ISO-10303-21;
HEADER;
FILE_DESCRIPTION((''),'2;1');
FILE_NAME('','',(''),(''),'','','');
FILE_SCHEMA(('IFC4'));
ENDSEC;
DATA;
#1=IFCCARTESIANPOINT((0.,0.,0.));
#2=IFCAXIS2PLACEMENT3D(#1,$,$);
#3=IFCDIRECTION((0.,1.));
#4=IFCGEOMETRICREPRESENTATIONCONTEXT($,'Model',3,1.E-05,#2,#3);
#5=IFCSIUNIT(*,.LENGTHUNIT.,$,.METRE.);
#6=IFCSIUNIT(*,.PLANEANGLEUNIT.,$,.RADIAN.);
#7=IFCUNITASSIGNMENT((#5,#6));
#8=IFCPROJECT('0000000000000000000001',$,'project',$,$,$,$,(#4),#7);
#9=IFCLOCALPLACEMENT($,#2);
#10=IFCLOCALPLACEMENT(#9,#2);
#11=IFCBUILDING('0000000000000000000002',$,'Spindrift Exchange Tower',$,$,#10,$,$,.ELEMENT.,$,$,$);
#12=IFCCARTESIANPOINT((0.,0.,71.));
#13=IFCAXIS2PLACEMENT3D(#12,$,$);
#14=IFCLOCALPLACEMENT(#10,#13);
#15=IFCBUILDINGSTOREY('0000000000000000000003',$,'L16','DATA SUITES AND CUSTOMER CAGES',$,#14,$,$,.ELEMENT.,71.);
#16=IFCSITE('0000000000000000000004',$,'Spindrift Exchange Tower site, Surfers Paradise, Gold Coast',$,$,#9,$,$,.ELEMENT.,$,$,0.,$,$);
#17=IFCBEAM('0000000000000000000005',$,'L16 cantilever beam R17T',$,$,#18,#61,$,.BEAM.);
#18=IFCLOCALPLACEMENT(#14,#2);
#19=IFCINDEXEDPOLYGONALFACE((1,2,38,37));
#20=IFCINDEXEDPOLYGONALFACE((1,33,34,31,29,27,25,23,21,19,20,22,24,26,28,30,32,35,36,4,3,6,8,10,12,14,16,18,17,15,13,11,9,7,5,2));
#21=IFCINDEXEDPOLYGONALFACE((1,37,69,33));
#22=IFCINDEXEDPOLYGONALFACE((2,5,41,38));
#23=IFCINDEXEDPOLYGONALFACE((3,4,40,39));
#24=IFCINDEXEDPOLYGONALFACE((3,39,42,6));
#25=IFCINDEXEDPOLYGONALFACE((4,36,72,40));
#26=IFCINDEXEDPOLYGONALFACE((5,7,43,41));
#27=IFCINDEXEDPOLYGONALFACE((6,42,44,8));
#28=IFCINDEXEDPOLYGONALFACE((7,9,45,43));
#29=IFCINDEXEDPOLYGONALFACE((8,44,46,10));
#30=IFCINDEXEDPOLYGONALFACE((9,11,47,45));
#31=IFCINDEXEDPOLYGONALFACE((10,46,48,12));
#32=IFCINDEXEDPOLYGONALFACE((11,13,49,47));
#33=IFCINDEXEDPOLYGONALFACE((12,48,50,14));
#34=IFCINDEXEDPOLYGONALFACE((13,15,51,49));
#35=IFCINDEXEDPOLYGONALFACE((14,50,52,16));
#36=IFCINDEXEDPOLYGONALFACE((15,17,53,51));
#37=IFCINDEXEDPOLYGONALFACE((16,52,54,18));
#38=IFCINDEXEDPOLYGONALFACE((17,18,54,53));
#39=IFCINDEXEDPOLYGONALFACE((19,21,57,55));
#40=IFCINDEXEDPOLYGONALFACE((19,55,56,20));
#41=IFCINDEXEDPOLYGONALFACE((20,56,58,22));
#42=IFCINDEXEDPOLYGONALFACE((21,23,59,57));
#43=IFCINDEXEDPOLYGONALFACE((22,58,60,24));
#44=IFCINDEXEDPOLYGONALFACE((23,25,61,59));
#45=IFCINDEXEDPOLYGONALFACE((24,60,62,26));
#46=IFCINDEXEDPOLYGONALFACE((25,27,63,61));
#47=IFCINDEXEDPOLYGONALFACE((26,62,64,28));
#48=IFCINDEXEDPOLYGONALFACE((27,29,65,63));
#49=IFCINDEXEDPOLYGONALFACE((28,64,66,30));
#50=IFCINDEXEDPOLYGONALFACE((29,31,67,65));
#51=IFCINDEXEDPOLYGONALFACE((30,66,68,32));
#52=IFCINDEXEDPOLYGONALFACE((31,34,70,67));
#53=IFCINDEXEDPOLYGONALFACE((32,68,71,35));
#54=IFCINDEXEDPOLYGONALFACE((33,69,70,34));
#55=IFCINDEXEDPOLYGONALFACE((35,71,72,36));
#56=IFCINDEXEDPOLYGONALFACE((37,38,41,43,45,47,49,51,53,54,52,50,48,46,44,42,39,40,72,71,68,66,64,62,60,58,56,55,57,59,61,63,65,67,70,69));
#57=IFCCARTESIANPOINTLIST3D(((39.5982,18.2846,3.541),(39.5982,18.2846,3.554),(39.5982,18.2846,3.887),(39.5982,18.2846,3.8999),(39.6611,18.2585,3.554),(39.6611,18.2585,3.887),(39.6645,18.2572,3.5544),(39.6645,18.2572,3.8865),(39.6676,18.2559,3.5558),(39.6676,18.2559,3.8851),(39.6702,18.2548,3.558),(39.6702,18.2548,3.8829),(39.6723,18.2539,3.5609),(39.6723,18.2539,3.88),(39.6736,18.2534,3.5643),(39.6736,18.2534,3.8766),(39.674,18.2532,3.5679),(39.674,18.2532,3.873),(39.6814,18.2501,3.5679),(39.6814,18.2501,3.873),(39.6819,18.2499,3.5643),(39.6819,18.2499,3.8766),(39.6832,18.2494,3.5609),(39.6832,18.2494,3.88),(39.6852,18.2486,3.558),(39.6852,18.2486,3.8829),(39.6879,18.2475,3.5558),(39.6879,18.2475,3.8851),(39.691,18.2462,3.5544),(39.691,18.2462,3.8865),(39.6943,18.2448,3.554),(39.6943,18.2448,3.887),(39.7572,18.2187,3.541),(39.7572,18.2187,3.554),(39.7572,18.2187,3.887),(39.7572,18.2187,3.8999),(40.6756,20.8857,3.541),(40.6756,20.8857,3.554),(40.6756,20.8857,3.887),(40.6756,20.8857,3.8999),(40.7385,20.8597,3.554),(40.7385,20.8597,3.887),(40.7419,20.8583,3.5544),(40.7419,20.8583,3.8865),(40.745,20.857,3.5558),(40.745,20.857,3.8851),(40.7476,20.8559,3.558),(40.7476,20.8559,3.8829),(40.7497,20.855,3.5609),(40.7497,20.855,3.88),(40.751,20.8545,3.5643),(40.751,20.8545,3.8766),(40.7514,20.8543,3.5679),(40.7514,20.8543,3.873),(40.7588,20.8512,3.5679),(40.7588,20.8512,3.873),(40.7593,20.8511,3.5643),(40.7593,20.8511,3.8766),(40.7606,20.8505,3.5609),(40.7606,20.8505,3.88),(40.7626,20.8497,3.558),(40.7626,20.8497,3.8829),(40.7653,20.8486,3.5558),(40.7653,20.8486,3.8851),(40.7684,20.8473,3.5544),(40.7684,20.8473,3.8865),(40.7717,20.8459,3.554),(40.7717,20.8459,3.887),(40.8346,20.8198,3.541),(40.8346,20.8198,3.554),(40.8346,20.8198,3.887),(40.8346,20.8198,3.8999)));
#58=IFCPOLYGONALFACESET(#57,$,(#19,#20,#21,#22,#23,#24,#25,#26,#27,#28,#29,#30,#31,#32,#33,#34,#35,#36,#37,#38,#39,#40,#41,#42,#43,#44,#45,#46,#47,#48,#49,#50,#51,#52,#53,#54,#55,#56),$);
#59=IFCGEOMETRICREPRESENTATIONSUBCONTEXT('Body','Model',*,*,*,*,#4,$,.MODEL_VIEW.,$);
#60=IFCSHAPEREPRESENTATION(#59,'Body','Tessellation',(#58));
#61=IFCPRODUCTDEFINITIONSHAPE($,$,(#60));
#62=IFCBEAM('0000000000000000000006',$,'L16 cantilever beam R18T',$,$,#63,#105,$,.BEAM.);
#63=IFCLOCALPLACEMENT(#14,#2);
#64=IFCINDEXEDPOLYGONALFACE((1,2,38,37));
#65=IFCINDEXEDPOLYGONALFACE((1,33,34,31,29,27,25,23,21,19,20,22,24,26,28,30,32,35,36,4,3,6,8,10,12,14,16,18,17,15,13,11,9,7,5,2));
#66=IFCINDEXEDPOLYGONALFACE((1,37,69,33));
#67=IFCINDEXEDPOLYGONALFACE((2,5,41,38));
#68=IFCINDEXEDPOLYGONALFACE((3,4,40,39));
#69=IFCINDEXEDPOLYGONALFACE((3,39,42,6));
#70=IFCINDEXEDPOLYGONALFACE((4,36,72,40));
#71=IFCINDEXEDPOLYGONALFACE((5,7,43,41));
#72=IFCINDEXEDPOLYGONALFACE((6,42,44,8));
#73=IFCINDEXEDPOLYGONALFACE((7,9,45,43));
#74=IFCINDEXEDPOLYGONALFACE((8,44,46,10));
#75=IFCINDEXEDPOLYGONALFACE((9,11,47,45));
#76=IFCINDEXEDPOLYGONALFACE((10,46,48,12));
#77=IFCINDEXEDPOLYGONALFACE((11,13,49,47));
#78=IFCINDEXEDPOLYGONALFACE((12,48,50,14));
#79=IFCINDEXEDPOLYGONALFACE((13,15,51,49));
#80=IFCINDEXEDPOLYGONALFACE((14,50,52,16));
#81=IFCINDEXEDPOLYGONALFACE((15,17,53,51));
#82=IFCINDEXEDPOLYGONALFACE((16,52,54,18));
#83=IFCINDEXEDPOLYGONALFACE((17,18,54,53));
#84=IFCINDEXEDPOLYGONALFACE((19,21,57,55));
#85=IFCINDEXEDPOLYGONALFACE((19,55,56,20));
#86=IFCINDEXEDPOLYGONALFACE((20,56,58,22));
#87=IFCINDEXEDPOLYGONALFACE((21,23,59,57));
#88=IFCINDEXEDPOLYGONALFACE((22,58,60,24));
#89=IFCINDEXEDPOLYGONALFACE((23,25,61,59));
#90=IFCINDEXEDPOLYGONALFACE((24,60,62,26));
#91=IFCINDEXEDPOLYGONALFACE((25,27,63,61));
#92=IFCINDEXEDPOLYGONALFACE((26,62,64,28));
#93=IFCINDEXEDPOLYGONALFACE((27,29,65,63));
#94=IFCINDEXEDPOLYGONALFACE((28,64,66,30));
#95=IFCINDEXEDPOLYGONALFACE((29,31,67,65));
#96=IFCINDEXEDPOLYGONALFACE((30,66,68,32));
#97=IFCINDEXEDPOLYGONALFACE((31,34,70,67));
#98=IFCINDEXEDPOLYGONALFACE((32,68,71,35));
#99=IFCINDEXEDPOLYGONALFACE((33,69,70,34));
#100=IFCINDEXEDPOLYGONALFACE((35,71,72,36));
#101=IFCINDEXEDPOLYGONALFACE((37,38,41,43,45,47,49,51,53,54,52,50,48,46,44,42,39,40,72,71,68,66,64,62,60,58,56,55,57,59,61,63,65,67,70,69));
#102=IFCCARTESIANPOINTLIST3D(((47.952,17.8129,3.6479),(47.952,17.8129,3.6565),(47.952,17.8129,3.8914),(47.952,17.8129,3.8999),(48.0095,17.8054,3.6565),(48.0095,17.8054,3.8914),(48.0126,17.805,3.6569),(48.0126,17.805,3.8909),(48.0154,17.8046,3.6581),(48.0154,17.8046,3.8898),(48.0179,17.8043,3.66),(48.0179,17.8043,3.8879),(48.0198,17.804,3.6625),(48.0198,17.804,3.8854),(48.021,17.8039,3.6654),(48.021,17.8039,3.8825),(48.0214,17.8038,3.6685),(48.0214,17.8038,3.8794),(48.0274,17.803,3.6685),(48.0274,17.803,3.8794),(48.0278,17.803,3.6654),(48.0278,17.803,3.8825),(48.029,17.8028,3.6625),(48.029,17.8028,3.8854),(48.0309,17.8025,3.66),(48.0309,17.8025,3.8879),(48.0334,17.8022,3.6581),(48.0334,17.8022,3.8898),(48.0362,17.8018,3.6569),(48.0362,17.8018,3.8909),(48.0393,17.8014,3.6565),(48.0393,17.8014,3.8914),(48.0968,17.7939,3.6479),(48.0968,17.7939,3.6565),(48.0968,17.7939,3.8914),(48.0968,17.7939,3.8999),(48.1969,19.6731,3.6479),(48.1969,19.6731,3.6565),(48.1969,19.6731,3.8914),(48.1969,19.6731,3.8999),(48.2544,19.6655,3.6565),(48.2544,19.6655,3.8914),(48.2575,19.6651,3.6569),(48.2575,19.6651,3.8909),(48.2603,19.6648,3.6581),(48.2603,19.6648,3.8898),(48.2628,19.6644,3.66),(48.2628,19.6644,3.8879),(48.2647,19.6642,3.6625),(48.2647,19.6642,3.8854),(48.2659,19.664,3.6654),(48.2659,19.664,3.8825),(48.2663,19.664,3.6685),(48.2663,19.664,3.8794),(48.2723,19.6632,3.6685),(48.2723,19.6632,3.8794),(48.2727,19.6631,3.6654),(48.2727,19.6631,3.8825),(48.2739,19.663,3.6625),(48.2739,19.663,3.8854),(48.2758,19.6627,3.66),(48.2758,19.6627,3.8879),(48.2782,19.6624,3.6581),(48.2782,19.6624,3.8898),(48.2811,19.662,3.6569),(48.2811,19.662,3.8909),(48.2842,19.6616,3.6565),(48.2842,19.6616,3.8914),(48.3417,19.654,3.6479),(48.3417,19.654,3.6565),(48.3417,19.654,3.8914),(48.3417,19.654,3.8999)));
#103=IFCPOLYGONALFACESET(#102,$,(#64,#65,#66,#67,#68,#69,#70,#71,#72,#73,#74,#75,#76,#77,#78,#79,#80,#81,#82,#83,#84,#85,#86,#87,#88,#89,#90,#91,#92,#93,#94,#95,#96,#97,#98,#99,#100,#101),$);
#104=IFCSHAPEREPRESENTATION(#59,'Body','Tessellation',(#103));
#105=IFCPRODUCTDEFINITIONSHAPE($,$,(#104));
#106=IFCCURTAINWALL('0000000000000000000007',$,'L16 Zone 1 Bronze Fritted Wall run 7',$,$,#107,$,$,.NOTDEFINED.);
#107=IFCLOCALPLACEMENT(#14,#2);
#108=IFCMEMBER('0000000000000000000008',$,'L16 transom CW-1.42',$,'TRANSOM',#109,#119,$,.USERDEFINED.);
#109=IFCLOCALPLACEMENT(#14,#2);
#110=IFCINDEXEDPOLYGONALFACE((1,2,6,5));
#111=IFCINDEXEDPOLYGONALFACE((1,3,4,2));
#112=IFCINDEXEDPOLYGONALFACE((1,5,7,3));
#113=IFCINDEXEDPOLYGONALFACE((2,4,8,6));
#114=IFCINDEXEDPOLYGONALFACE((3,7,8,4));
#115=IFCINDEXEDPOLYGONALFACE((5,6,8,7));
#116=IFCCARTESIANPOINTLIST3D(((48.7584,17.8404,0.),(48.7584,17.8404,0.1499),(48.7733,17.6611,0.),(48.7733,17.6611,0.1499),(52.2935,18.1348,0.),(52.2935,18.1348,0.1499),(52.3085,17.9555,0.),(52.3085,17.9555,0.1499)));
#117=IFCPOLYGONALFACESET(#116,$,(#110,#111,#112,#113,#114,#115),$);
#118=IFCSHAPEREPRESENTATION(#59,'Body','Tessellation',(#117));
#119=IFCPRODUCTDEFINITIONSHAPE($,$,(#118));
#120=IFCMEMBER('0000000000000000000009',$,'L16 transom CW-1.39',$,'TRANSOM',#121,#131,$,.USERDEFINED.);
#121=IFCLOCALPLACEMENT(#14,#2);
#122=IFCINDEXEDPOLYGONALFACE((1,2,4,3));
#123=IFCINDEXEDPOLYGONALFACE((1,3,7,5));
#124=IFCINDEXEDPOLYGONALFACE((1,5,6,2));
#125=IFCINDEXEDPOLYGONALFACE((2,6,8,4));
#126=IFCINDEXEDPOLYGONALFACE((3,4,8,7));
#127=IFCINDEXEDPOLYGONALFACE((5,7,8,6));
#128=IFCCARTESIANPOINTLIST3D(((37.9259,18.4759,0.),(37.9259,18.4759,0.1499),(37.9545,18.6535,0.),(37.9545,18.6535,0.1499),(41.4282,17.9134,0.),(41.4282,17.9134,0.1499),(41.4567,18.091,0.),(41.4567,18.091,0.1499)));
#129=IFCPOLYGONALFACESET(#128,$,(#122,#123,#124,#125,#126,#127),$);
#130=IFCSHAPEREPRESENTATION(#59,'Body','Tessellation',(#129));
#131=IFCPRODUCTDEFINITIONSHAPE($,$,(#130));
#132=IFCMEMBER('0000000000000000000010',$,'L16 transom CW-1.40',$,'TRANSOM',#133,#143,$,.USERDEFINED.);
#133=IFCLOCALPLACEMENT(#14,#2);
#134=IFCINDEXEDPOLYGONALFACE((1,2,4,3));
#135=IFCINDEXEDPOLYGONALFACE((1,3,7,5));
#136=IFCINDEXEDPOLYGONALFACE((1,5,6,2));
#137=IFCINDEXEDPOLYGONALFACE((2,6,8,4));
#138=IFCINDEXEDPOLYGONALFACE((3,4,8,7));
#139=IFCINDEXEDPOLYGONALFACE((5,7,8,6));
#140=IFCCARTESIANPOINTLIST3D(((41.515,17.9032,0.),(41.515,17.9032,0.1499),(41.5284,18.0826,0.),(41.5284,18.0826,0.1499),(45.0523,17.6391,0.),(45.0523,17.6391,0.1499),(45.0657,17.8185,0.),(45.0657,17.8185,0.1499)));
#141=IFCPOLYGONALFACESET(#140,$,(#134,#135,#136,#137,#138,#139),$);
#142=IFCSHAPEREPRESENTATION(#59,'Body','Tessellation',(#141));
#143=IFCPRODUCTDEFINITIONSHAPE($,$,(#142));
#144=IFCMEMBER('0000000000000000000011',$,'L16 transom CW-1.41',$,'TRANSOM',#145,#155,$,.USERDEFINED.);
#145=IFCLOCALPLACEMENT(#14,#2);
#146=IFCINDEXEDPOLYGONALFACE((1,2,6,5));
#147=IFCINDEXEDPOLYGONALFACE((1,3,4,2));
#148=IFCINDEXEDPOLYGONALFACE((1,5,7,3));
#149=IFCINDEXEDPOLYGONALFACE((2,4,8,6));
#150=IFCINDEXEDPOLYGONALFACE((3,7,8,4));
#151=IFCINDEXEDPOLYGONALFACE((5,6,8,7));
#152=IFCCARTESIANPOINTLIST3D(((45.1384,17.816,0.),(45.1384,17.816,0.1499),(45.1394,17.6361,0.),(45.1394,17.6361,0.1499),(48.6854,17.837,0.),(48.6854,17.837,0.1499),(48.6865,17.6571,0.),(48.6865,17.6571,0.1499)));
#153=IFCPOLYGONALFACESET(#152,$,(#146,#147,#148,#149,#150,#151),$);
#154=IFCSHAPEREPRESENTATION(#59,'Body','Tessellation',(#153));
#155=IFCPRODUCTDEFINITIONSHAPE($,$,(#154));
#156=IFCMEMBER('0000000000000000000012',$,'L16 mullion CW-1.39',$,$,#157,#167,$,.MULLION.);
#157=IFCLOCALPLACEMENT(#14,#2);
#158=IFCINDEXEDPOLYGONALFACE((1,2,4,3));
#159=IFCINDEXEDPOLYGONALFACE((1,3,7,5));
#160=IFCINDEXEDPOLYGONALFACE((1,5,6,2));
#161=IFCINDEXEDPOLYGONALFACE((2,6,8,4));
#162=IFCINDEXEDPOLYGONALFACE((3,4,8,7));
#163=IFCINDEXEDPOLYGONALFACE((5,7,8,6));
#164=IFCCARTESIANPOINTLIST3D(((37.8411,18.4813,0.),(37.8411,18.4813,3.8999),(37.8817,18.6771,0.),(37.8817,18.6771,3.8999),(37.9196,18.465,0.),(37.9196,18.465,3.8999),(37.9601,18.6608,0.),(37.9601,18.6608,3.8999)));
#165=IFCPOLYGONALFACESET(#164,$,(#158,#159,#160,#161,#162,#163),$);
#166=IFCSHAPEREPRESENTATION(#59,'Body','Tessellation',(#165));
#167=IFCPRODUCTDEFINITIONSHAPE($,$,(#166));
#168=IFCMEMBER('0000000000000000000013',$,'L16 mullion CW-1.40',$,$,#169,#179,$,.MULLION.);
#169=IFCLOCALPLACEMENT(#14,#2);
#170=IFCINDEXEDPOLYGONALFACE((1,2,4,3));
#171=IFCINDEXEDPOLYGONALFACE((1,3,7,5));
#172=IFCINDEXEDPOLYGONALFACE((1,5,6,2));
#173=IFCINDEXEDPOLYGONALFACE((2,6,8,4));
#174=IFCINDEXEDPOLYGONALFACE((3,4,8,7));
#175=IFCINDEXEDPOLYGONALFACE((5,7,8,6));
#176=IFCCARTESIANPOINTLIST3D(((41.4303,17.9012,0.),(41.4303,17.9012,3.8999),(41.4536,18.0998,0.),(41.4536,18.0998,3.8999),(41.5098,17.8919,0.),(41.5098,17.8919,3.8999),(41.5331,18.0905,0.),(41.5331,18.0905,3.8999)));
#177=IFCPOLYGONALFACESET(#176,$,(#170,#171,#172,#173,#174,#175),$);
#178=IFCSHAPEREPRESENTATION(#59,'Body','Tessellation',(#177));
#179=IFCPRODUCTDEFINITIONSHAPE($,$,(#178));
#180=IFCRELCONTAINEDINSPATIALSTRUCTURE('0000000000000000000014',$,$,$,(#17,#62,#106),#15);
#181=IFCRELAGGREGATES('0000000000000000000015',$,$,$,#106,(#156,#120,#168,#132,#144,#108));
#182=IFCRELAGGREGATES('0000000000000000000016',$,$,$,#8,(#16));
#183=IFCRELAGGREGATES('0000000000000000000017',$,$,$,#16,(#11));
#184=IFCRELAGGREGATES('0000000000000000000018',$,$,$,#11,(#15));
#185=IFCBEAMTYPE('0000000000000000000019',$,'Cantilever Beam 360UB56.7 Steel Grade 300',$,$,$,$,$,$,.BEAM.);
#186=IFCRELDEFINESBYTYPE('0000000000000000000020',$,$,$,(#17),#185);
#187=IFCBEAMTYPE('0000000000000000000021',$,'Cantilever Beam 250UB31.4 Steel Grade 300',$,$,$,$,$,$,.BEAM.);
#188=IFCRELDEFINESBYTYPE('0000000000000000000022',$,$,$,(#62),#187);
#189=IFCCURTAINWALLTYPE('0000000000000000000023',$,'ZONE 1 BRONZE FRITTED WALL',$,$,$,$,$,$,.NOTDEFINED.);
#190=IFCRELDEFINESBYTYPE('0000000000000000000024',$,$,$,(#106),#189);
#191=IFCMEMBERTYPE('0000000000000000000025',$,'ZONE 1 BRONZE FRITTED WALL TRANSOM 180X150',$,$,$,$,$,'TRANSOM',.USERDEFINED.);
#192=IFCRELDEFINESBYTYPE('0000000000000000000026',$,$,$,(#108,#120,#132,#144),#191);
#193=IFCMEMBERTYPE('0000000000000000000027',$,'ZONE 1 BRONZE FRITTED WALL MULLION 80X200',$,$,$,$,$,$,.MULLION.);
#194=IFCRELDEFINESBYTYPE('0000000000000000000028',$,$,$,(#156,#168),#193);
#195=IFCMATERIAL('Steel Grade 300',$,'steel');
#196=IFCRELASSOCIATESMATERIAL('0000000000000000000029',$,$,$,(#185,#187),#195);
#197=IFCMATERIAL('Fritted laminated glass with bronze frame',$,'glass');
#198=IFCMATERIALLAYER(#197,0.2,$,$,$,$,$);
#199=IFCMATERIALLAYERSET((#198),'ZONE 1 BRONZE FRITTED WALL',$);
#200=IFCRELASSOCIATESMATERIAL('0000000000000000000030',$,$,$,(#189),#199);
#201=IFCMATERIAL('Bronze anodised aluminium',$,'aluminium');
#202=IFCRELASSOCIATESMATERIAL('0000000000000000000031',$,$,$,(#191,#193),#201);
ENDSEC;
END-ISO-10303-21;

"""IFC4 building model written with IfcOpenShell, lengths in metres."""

from ifc_helpers import new_model, si_unit, direction, frame, origin, origin_2d, place, context, subcontext, project, spatial, rectangle, i_section, extrude, source, transform, mapped, material, layer, layer_set, material_profile, profile_set, type_object, element, aggregate, save


model = new_model("IFC4")

# Units and contexts
model_context = context("Model", 3, precision=1e-05, world=origin(), true_north=direction((0.0, 1.0)))
body_context = subcontext(model_context, "Body", "Model", "MODEL_VIEW")
ifc_project = project(units=[si_unit("LENGTHUNIT", "METRE"), si_unit("PLANEANGLEUNIT", "RADIAN")], contexts=[model_context])

# Site, building, storey
site_placement = place(None, origin())
site = spatial("IfcSite", under=ifc_project, at=site_placement, Name="Spindrift Exchange Tower site, Surfers Paradise, Gold Coast", CompositionType="ELEMENT", RefElevation=0.0)
building_placement = place(site_placement, origin())
building = spatial("IfcBuilding", under=site, at=building_placement, Name="Spindrift Exchange Tower", CompositionType="ELEMENT")
storey_placement = place(building_placement, frame((0.0, 0.0, 71.0)))
storey = spatial("IfcBuildingStorey", under=building, at=storey_placement, Name="L16", Description="DATA SUITES AND CUSTOMER CAGES", CompositionType="ELEMENT", Elevation=71.0)

# Beams
ifc_material_1 = material(Name="Steel Grade 300", Category="steel")
ifc_material_profile_1 = material_profile(ifc_material_1, i_section(OverallWidth=0.1721, OverallDepth=0.3589, WebThickness=0.0081, FlangeThickness=0.0129, FilletRadius=0.0139, at=origin_2d()), Name="360UB56.7")
ifc_profile_set_1 = profile_set([ifc_material_profile_1], Name="Steel Grade 300")
beam_type_1 = type_object("IfcBeamType", Name="Cantilever Beam 360UB56.7 Steel Grade 300", PredefinedType="BEAM", material=ifc_profile_set_1)
shared_shape_1 = source(origin(), body_context, "Body", "SweptSolid", [
    extrude(i_section(OverallWidth=0.1721, OverallDepth=0.3589, WebThickness=0.0081, FlangeThickness=0.0129, FilletRadius=0.0139, at=origin_2d()), origin(), (0.0, 0.0, 1.0), 2.8154),
])
beam_1_placement = place(storey_placement, frame((40.7551, 20.8528, 3.7205), z_axis=(-0.382681, -0.92388, 0.0), x_axis=(0.92388, -0.382681, 0.0)))
element("IfcBeam", 1, at=beam_1_placement, inside=storey, type_object=beam_type_1, Name="L16 cantilever beam R17T", PredefinedType="BEAM", context=body_context, shape_type="MappedRepresentation", body=[
    mapped(shared_shape_1, transform((0.0, 0.0, 0.0), scale=1.0)),
])
ifc_material_profile_2 = material_profile(ifc_material_1, i_section(OverallWidth=0.146, OverallDepth=0.252, WebThickness=0.0061, FlangeThickness=0.0085, FilletRadius=0.012, at=origin_2d()), Name="250UB31.4")
ifc_profile_set_2 = profile_set([ifc_material_profile_2], Name="Steel Grade 300")
beam_type_2 = type_object("IfcBeamType", Name="Cantilever Beam 250UB31.4 Steel Grade 300", PredefinedType="BEAM", material=ifc_profile_set_2)
shared_shape_2 = source(origin(), body_context, "Body", "SweptSolid", [
    extrude(i_section(OverallWidth=0.146, OverallDepth=0.252, WebThickness=0.0061, FlangeThickness=0.0085, FilletRadius=0.012, at=origin_2d()), origin(), (0.0, 0.0, 1.0), 1.8762),
])
beam_2_placement = place(storey_placement, frame((48.2693, 19.6636, 3.7739), z_axis=(-0.130518, -0.991446, 0.0), x_axis=(0.991446, -0.130518, 0.0)))
element("IfcBeam", 2, at=beam_2_placement, inside=storey, type_object=beam_type_2, Name="L16 cantilever beam R18T", PredefinedType="BEAM", context=body_context, shape_type="MappedRepresentation", body=[
    mapped(shared_shape_2, transform((0.0, 0.0, 0.0), scale=1.0)),
])

# Curtain wall, members
ifc_material_2 = material(Name="Fritted laminated glass with bronze frame", Category="glass")
ifc_layer_1 = layer(ifc_material_2, 0.2)
ifc_layer_set_1 = layer_set([ifc_layer_1], Name="ZONE 1 BRONZE FRITTED WALL")
curtain_wall_type = type_object("IfcCurtainWallType", Name="ZONE 1 BRONZE FRITTED WALL", PredefinedType="NOTDEFINED", material=ifc_layer_set_1)
curtain_wall_placement = place(storey_placement, origin())
curtain_wall = element("IfcCurtainWall", 3, at=curtain_wall_placement, inside=storey, type_object=curtain_wall_type, Name="L16 Zone 1 Bronze Fritted Wall run 7", PredefinedType="NOTDEFINED")
ifc_material_3 = material(Name="Bronze anodised aluminium", Category="aluminium")
ifc_material_profile_3 = material_profile(ifc_material_3, rectangle(XDim=0.1799, YDim=0.1499, at=origin_2d()), Name="ZONE 1 BRONZE FRITTED WALL TRANSOM 180X150")
ifc_profile_set_3 = profile_set([ifc_material_profile_3], Name="Bronze anodised aluminium")
member_type_1 = type_object("IfcMemberType", Name="ZONE 1 BRONZE FRITTED WALL TRANSOM 180X150", ElementType="TRANSOM", PredefinedType="USERDEFINED", material=ifc_profile_set_3)
shared_shape_3 = source(origin(), body_context, "Body", "SweptSolid", [
    extrude(rectangle(XDim=0.1799, YDim=0.1499, at=origin_2d()), origin(), (0.0, 0.0, 1.0), 3.5474),
])
member_1_placement = place(storey_placement, frame((48.7659, 17.7507, 0.075), z_axis=(0.99655, 0.083, 0.0), x_axis=(-0.083, 0.99655, 0.0)))
member_1 = element("IfcMember", 4, at=member_1_placement, type_object=member_type_1, Name="L16 transom CW-1.42", ObjectType="TRANSOM", PredefinedType="USERDEFINED", context=body_context, shape_type="MappedRepresentation", body=[
    mapped(shared_shape_3, transform((0.0, 0.0, 0.0), scale=1.0)),
])
shared_shape_4 = source(origin(), body_context, "Body", "SweptSolid", [
    extrude(rectangle(XDim=0.1799, YDim=0.1499, at=origin_2d()), origin(), (0.0, 0.0, 1.0), 3.5471),
])
member_2_placement = place(storey_placement, frame((37.9402, 18.5647, 0.075), z_axis=(0.987346, -0.158581, 0.0), x_axis=(0.158581, 0.987346, 0.0)))
member_2 = element("IfcMember", 5, at=member_2_placement, type_object=member_type_1, Name="L16 transom CW-1.39", ObjectType="TRANSOM", PredefinedType="USERDEFINED", context=body_context, shape_type="MappedRepresentation", body=[
    mapped(shared_shape_4, transform((0.0, 0.0, 0.0), scale=1.0)),
])
member_3_placement = place(storey_placement, frame((41.5217, 17.9929, 0.075), z_axis=(0.997223, -0.07447, 0.0), x_axis=(0.07447, 0.997223, 0.0)))
member_3 = element("IfcMember", 6, at=member_3_placement, type_object=member_type_1, Name="L16 transom CW-1.40", ObjectType="TRANSOM", PredefinedType="USERDEFINED", context=body_context, shape_type="MappedRepresentation", body=[
    mapped(shared_shape_4, transform((0.0, 0.0, 0.0), scale=1.0)),
])
member_4_placement = place(storey_placement, frame((45.1389, 17.7261, 0.075), z_axis=(0.999982, 0.005919, 0.0), x_axis=(-0.005919, 0.999982, 0.0)))
member_4 = element("IfcMember", 7, at=member_4_placement, type_object=member_type_1, Name="L16 transom CW-1.41", ObjectType="TRANSOM", PredefinedType="USERDEFINED", context=body_context, shape_type="MappedRepresentation", body=[
    mapped(shared_shape_4, transform((0.0, 0.0, 0.0), scale=1.0)),
])
ifc_material_profile_4 = material_profile(ifc_material_3, rectangle(XDim=0.0801, YDim=0.2, at=origin_2d()), Name="ZONE 1 BRONZE FRITTED WALL MULLION 80X200")
ifc_profile_set_4 = profile_set([ifc_material_profile_4], Name="Bronze anodised aluminium")
member_type_2 = type_object("IfcMemberType", Name="ZONE 1 BRONZE FRITTED WALL MULLION 80X200", PredefinedType="MULLION", material=ifc_profile_set_4)
shared_shape_5 = source(origin(), body_context, "Body", "SweptSolid", [
    extrude(rectangle(XDim=0.0801, YDim=0.2, at=origin_2d()), origin(), (0.0, 0.0, 1.0), 3.8999),
])
member_5_placement = place(storey_placement, frame((37.9006, 18.571, 0.0), z_axis=(0.0, 0.0, 1.0), x_axis=(0.979203, -0.202882, 0.0)))
member_5 = element("IfcMember", 8, at=member_5_placement, type_object=member_type_2, Name="L16 mullion CW-1.39", PredefinedType="MULLION", context=body_context, shape_type="MappedRepresentation", body=[
    mapped(shared_shape_5, transform((0.0, 0.0, 0.0), scale=1.0)),
])
member_6_placement = place(storey_placement, frame((41.4817, 17.9958, 0.0), z_axis=(0.0, 0.0, 1.0), x_axis=(0.993177, -0.116616, 0.0)))
member_6 = element("IfcMember", 9, at=member_6_placement, type_object=member_type_2, Name="L16 mullion CW-1.40", PredefinedType="MULLION", context=body_context, shape_type="MappedRepresentation", body=[
    mapped(shared_shape_5, transform((0.0, 0.0, 0.0), scale=1.0)),
])
aggregate(curtain_wall, [member_5, member_2, member_6, member_3, member_4, member_1])

save(model, "model.ifc")
